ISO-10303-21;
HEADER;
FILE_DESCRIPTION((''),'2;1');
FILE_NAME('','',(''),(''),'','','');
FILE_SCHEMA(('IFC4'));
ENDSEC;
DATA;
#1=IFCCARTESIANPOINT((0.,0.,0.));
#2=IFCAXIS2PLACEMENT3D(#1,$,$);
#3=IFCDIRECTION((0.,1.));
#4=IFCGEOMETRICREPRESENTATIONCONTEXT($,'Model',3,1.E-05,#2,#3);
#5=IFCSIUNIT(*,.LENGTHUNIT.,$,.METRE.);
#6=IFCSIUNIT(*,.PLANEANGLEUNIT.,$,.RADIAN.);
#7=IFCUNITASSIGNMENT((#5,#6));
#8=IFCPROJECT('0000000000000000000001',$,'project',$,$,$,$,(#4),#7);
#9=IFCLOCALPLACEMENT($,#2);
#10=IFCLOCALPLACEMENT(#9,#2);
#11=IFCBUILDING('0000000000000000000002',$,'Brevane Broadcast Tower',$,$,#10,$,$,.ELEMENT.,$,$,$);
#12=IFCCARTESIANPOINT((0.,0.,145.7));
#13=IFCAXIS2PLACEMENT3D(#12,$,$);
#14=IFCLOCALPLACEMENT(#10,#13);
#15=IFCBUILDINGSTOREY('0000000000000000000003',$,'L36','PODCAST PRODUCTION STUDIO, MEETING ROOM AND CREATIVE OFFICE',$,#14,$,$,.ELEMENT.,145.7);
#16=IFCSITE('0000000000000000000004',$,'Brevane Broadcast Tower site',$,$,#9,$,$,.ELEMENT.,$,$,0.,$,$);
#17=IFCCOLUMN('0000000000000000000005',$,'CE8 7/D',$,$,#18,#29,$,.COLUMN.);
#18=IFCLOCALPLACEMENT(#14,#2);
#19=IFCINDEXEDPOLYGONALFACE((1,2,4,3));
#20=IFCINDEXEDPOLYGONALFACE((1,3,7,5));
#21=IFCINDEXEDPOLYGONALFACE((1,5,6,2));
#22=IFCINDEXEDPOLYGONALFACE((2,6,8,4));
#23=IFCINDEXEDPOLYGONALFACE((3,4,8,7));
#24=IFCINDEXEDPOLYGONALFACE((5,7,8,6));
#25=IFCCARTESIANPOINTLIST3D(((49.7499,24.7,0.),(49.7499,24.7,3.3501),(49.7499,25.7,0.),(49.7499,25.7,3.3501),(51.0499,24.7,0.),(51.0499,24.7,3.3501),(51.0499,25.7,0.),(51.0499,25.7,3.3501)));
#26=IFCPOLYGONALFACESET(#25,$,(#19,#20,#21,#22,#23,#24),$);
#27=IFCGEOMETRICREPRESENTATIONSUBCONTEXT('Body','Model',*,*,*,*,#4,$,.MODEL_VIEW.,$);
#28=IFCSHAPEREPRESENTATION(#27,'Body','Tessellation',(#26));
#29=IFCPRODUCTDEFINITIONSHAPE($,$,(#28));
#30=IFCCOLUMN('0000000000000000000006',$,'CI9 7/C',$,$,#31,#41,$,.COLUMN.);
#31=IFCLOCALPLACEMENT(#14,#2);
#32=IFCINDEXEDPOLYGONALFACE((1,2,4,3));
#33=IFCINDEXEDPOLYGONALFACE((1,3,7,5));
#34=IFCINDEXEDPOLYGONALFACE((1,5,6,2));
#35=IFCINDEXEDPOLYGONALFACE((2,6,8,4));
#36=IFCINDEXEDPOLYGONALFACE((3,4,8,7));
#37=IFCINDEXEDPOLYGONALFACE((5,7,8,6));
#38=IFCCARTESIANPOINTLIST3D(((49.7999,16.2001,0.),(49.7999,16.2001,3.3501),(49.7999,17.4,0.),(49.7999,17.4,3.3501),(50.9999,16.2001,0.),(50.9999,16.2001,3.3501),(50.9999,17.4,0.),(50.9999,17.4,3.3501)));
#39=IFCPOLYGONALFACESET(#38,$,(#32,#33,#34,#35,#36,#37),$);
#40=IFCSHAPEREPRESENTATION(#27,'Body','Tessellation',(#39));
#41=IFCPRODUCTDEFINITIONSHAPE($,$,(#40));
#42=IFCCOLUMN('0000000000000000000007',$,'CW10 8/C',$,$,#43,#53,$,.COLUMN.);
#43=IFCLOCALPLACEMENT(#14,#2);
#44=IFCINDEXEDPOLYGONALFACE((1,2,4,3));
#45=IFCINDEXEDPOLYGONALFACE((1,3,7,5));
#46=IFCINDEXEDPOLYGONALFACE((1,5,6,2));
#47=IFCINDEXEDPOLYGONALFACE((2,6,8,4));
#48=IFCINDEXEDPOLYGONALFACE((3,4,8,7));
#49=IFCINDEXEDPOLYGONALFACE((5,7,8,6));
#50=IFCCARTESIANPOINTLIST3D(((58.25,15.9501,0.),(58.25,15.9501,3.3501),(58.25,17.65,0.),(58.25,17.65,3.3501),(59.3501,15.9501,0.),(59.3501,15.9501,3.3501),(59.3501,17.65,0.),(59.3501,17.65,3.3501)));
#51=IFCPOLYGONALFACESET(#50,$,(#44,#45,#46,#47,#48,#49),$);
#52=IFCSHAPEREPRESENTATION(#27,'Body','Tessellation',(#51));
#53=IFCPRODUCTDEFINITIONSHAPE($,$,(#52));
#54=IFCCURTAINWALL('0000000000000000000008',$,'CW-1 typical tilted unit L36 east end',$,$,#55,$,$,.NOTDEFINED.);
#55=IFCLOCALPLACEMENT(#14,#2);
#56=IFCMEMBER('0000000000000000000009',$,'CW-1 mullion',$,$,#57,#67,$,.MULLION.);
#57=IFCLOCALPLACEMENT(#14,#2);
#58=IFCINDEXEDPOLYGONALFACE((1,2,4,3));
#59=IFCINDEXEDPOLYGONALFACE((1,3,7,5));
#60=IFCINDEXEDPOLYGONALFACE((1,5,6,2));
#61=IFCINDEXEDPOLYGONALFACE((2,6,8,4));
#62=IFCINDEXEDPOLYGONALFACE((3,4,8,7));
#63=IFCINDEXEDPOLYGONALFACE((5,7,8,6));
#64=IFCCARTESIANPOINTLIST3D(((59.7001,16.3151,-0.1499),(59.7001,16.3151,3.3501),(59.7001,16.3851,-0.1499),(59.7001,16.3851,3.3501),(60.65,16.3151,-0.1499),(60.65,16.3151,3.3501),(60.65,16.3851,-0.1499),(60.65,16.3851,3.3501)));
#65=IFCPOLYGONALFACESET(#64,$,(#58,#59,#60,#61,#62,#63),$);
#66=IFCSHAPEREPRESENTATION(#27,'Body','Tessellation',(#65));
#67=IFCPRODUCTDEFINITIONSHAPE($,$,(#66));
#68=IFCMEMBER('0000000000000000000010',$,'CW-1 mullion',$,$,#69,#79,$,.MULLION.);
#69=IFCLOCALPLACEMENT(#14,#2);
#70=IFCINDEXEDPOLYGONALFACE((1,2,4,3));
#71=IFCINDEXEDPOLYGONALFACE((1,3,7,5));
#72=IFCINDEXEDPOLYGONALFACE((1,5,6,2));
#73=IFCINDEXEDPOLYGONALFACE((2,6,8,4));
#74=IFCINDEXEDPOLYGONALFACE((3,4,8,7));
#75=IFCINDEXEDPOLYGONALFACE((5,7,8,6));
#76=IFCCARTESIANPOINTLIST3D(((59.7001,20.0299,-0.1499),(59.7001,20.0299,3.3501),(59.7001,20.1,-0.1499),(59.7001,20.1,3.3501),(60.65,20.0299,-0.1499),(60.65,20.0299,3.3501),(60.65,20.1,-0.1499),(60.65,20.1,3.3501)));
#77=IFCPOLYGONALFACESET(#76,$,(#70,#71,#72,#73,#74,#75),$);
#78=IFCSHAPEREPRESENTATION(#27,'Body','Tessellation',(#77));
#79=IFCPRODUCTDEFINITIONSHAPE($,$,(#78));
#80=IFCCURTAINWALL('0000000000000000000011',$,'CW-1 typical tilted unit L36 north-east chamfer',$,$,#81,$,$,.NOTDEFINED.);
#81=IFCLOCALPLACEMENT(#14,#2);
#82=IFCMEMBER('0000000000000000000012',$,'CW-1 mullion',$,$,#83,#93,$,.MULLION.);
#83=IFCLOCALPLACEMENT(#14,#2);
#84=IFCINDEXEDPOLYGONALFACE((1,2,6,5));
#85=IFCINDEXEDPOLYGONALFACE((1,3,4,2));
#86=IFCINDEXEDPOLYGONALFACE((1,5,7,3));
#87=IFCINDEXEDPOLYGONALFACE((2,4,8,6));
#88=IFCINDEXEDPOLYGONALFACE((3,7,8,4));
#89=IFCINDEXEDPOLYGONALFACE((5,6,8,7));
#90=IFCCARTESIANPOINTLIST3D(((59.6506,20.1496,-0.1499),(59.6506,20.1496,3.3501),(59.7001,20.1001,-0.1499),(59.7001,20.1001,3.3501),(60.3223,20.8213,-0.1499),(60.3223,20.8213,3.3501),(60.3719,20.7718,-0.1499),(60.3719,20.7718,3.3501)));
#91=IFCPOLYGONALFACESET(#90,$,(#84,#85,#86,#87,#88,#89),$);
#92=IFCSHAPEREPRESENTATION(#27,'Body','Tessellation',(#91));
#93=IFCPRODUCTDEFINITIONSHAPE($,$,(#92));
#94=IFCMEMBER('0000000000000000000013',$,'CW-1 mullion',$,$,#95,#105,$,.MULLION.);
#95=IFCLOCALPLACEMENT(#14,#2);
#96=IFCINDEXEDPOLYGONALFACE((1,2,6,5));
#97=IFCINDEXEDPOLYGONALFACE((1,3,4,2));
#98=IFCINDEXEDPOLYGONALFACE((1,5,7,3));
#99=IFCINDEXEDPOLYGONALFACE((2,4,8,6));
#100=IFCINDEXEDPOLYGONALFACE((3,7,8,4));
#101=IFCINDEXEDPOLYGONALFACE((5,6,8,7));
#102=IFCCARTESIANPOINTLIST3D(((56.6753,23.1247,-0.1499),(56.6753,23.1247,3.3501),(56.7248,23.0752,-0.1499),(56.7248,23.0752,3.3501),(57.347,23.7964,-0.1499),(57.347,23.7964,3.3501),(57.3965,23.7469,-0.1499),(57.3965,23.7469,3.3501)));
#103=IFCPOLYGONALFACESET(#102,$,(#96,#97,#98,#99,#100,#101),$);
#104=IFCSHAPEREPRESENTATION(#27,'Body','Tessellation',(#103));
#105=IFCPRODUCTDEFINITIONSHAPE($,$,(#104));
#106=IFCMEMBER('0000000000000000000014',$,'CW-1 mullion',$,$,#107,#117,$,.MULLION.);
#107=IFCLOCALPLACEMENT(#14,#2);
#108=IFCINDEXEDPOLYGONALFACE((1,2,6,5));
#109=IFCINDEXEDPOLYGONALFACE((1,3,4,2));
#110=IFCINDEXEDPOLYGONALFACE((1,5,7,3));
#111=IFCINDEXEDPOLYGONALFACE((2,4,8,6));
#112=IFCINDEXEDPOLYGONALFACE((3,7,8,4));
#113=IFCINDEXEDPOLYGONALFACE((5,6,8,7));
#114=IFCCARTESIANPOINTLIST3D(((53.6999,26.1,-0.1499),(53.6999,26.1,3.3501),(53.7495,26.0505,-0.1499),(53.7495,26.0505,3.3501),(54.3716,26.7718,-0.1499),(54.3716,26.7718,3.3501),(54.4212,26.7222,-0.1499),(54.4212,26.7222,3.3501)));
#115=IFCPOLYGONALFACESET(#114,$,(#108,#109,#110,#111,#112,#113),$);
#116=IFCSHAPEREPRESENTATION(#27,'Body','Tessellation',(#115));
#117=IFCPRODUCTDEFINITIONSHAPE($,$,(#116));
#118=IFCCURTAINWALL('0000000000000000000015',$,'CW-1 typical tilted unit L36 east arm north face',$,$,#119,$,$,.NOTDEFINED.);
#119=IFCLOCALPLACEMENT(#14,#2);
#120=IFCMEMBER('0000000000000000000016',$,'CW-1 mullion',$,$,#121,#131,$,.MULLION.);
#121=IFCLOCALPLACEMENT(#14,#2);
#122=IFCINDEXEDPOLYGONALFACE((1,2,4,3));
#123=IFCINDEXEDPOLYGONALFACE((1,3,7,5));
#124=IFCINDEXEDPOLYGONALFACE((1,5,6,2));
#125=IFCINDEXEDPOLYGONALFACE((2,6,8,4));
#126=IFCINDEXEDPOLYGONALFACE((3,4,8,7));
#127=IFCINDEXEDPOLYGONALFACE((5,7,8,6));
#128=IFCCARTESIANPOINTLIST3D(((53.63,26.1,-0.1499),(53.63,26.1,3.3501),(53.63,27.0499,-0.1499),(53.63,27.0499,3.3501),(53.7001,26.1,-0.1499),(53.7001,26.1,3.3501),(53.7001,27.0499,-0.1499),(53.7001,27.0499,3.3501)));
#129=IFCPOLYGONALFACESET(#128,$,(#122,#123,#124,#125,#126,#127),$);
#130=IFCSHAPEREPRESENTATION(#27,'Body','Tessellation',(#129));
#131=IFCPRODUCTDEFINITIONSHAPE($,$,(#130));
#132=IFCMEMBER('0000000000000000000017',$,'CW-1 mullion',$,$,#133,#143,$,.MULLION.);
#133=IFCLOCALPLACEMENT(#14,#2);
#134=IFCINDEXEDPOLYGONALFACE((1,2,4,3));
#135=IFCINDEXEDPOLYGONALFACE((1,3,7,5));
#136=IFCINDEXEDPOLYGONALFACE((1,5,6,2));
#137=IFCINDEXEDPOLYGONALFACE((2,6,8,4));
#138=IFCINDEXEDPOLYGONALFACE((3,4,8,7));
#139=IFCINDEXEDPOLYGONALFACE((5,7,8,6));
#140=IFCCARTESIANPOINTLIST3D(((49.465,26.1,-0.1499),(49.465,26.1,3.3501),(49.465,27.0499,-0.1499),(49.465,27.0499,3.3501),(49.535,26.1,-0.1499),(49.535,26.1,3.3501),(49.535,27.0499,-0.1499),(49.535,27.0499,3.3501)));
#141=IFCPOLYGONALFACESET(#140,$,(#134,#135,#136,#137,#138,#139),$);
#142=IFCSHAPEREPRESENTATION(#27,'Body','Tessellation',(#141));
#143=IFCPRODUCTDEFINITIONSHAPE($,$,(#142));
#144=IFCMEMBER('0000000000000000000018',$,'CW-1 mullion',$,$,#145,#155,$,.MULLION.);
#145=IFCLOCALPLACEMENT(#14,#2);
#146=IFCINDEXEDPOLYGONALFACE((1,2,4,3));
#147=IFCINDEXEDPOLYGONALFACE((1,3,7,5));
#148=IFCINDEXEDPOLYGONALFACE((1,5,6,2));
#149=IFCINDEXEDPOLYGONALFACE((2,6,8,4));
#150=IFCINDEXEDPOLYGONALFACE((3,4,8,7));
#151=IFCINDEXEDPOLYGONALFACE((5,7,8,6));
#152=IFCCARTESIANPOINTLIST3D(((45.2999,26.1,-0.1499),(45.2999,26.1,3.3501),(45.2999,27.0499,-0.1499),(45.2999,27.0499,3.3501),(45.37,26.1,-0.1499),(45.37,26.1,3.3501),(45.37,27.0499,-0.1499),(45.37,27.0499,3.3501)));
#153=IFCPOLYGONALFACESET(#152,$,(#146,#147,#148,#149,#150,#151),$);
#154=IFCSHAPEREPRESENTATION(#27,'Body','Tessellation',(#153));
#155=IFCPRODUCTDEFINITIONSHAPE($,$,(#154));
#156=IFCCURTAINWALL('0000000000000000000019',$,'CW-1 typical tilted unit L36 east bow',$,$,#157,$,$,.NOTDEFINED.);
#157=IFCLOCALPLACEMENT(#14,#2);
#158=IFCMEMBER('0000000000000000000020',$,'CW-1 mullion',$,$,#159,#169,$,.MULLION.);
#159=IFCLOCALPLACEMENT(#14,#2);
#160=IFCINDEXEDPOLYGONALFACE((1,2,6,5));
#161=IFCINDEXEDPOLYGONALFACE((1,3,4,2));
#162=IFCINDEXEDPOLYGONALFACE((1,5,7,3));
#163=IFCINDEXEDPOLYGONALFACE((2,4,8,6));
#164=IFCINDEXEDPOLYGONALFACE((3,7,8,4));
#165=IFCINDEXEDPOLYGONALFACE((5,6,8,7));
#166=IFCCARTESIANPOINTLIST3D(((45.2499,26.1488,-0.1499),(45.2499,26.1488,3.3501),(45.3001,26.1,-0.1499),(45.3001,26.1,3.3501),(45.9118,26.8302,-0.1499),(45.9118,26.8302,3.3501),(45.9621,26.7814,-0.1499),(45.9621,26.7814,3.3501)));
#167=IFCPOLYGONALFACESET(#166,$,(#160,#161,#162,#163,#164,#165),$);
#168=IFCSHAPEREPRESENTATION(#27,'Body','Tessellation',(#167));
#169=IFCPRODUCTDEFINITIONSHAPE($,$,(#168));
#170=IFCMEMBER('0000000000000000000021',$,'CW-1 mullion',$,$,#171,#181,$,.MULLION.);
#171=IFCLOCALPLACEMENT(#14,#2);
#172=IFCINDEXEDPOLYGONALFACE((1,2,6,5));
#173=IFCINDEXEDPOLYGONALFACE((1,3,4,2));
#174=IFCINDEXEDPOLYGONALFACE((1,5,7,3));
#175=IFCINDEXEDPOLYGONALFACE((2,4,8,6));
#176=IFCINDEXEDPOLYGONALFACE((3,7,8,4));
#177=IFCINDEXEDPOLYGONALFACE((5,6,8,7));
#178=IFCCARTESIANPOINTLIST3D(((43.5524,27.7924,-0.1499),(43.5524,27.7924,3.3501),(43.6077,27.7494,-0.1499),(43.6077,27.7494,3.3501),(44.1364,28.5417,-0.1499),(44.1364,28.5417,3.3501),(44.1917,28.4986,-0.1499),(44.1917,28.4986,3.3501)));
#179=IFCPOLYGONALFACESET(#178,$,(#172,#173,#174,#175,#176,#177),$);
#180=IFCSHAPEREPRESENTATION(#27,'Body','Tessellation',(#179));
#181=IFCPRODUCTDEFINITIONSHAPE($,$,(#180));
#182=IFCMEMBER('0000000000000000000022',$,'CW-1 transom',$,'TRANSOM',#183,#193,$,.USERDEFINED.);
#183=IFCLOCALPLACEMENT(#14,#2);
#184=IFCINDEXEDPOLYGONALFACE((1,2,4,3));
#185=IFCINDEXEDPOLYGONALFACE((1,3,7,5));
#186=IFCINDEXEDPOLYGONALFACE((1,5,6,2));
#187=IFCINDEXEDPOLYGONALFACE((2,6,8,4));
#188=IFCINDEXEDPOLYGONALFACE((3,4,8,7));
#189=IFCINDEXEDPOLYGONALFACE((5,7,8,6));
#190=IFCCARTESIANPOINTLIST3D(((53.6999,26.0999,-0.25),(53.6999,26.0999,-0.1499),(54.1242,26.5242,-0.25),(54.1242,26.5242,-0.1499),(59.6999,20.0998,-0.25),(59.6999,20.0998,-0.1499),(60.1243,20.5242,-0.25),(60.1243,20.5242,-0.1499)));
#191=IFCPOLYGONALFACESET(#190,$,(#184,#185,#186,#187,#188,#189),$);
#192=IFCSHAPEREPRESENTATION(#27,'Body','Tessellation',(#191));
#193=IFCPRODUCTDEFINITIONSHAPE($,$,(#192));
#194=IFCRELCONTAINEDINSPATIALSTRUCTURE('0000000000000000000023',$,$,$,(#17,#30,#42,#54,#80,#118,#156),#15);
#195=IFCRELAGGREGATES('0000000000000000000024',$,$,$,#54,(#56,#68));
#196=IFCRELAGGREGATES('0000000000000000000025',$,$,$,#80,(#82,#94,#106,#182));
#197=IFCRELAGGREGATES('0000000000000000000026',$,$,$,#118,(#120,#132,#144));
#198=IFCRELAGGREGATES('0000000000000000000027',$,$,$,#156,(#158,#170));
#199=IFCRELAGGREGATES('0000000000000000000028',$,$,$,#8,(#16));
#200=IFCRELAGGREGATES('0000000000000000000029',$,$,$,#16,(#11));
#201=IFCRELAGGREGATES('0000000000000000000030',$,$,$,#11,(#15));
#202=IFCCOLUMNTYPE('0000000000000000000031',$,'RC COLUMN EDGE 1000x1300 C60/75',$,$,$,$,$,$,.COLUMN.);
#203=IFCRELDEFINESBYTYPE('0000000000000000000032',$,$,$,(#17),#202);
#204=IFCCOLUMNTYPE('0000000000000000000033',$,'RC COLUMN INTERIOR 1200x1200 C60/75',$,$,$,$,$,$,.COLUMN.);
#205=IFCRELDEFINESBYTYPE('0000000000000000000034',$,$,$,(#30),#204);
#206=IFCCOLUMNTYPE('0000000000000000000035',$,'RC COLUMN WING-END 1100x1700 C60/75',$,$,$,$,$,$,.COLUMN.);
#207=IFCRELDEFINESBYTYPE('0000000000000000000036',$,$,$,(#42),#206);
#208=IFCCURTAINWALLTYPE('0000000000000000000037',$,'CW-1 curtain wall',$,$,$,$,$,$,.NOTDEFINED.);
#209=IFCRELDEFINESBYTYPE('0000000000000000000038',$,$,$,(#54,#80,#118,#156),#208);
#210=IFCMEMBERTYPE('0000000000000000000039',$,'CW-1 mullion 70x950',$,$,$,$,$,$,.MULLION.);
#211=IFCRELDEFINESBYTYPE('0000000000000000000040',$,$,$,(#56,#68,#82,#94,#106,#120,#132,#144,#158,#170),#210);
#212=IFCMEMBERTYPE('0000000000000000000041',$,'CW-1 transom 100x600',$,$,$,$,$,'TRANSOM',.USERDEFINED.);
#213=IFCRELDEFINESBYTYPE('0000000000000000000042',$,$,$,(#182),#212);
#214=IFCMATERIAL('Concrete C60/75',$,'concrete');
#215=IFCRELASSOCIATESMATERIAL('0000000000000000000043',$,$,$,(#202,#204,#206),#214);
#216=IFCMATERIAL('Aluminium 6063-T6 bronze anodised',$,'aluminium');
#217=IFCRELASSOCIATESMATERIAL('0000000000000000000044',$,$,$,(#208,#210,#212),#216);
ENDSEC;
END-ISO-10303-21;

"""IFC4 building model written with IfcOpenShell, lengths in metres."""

from ifc_helpers import new_model, si_unit, direction, frame, origin, origin_2d, place, context, subcontext, project, spatial, rectangle, extrude, material, material_profile, profile_set, type_object, element, aggregate, save


model = new_model("IFC4")

# Units and contexts
model_context = context("Model", 3, precision=1e-05, world=origin(), true_north=direction((0.0, 1.0)))
body_context = subcontext(model_context, "Body", "Model", "MODEL_VIEW")
ifc_project = project(units=[si_unit("LENGTHUNIT", "METRE"), si_unit("PLANEANGLEUNIT", "RADIAN")], contexts=[model_context])

# Site, building, storey
site_placement = place(None, origin())
site = spatial("IfcSite", under=ifc_project, at=site_placement, Name="Brevane Broadcast Tower site", CompositionType="ELEMENT", RefElevation=0.0)
building_placement = place(site_placement, origin())
building = spatial("IfcBuilding", under=site, at=building_placement, Name="Brevane Broadcast Tower", CompositionType="ELEMENT")
storey_placement = place(building_placement, frame((0.0, 0.0, 145.7)))
storey = spatial("IfcBuildingStorey", under=building, at=storey_placement, Name="L36", Description="PODCAST PRODUCTION STUDIO, MEETING ROOM AND CREATIVE OFFICE", CompositionType="ELEMENT", Elevation=145.7)

# Columns
ifc_material_1 = material(Name="Concrete C60/75", Category="concrete")
ifc_material_profile_1 = material_profile(ifc_material_1, rectangle(XDim=1.0, YDim=1.3, at=origin_2d()), Name="RC 1000x1300")
ifc_profile_set_1 = profile_set([ifc_material_profile_1], Name="Concrete C60/75")
column_type_1 = type_object("IfcColumnType", Name="RC COLUMN EDGE 1000x1300 C60/75", PredefinedType="COLUMN", material=ifc_profile_set_1)
column_1_placement = place(storey_placement, frame((50.3999, 25.2, 0.0), z_axis=(0.0, 0.0, 1.0), x_axis=(0.0, 1.0, 0.0)))
element("IfcColumn", 1, at=column_1_placement, inside=storey, type_object=column_type_1, Name="CE8 7/D", PredefinedType="COLUMN", context=body_context, shape_type="SweptSolid", body=[
    extrude(rectangle(XDim=1.0, YDim=1.3, at=origin_2d()), origin(), (0.0, 0.0, 1.0), 3.3501),
])
ifc_material_profile_2 = material_profile(ifc_material_1, rectangle(XDim=1.2, YDim=1.2, at=origin_2d()), Name="RC 1200x1200")
ifc_profile_set_2 = profile_set([ifc_material_profile_2], Name="Concrete C60/75")
column_type_2 = type_object("IfcColumnType", Name="RC COLUMN INTERIOR 1200x1200 C60/75", PredefinedType="COLUMN", material=ifc_profile_set_2)
column_2_placement = place(storey_placement, frame((50.3999, 16.8, 0.0), z_axis=(0.0, 0.0, 1.0), x_axis=(1.0, 0.0, 0.0)))
element("IfcColumn", 2, at=column_2_placement, inside=storey, type_object=column_type_2, Name="CI9 7/C", PredefinedType="COLUMN", context=body_context, shape_type="SweptSolid", body=[
    extrude(rectangle(XDim=1.2, YDim=1.2, at=origin_2d()), origin(), (0.0, 0.0, 1.0), 3.3501),
])
ifc_material_profile_3 = material_profile(ifc_material_1, rectangle(XDim=1.1001, YDim=1.7, at=origin_2d()), Name="RC 1100x1700")
ifc_profile_set_3 = profile_set([ifc_material_profile_3], Name="Concrete C60/75")
column_type_3 = type_object("IfcColumnType", Name="RC COLUMN WING-END 1100x1700 C60/75", PredefinedType="COLUMN", material=ifc_profile_set_3)
column_3_placement = place(storey_placement, frame((58.8, 16.8, 0.0), z_axis=(0.0, 0.0, 1.0), x_axis=(1.0, 0.0, 0.0)))
element("IfcColumn", 3, at=column_3_placement, inside=storey, type_object=column_type_3, Name="CW10 8/C", PredefinedType="COLUMN", context=body_context, shape_type="SweptSolid", body=[
    extrude(rectangle(XDim=1.1001, YDim=1.7, at=origin_2d()), origin(), (0.0, 0.0, 1.0), 3.3501),
])

# Curtain walls, members
ifc_material_2 = material(Name="Aluminium 6063-T6 bronze anodised", Category="aluminium")
curtain_wall_type = type_object("IfcCurtainWallType", Name="CW-1 curtain wall", PredefinedType="NOTDEFINED", material=ifc_material_2)
curtain_wall_1_placement = place(storey_placement, origin())
curtain_wall_1 = element("IfcCurtainWall", 4, at=curtain_wall_1_placement, inside=storey, type_object=curtain_wall_type, Name="CW-1 typical tilted unit L36 east end", PredefinedType="NOTDEFINED")
ifc_material_profile_4 = material_profile(ifc_material_2, rectangle(XDim=0.95, YDim=0.0701, at=origin_2d()), Name="RECT 70x950")
ifc_profile_set_4 = profile_set([ifc_material_profile_4], Name="Aluminium 6063-T6 bronze anodised")
member_type_1 = type_object("IfcMemberType", Name="CW-1 mullion 70x950", PredefinedType="MULLION", material=ifc_profile_set_4)
member_1_placement = place(storey_placement, frame((60.175, 16.3501, -0.1499), z_axis=(0.0, 0.0, 1.0), x_axis=(-1.0, 0.0, 0.0)))
member_1 = element("IfcMember", 5, at=member_1_placement, type_object=member_type_1, Name="CW-1 mullion", PredefinedType="MULLION", context=body_context, shape_type="SweptSolid", body=[
    extrude(rectangle(XDim=0.95, YDim=0.0701, at=origin_2d()), origin(), (0.0, 0.0, 1.0), 3.5),
])
member_2_placement = place(storey_placement, frame((60.175, 20.0649, -0.1499), z_axis=(0.0, 0.0, 1.0), x_axis=(-1.0, 0.0, 0.0)))
member_2 = element("IfcMember", 6, at=member_2_placement, type_object=member_type_1, Name="CW-1 mullion", PredefinedType="MULLION", context=body_context, shape_type="SweptSolid", body=[
    extrude(rectangle(XDim=0.95, YDim=0.0701, at=origin_2d()), origin(), (0.0, 0.0, 1.0), 3.5),
])
aggregate(curtain_wall_1, [member_1, member_2])
curtain_wall_2_placement = place(storey_placement, origin())
curtain_wall_2 = element("IfcCurtainWall", 7, at=curtain_wall_2_placement, inside=storey, type_object=curtain_wall_type, Name="CW-1 typical tilted unit L36 north-east chamfer", PredefinedType="NOTDEFINED")
member_3_placement = place(storey_placement, frame((60.0112, 20.4607, -0.1499), z_axis=(0.0, 0.0, 1.0), x_axis=(-0.707107, -0.707107, 0.0)))
member_3 = element("IfcMember", 8, at=member_3_placement, type_object=member_type_1, Name="CW-1 mullion", PredefinedType="MULLION", context=body_context, shape_type="SweptSolid", body=[
    extrude(rectangle(XDim=0.95, YDim=0.0701, at=origin_2d()), origin(), (0.0, 0.0, 1.0), 3.5),
])
member_4_placement = place(storey_placement, frame((57.0359, 23.4358, -0.1499), z_axis=(0.0, 0.0, 1.0), x_axis=(-0.707107, -0.707107, 0.0)))
member_4 = element("IfcMember", 9, at=member_4_placement, type_object=member_type_1, Name="CW-1 mullion", PredefinedType="MULLION", context=body_context, shape_type="SweptSolid", body=[
    extrude(rectangle(XDim=0.95, YDim=0.0701, at=origin_2d()), origin(), (0.0, 0.0, 1.0), 3.5),
])
member_5_placement = place(storey_placement, frame((54.0605, 26.4111, -0.1499), z_axis=(0.0, 0.0, 1.0), x_axis=(-0.707107, -0.707107, 0.0)))
member_5 = element("IfcMember", 10, at=member_5_placement, type_object=member_type_1, Name="CW-1 mullion", PredefinedType="MULLION", context=body_context, shape_type="SweptSolid", body=[
    extrude(rectangle(XDim=0.95, YDim=0.0701, at=origin_2d()), origin(), (0.0, 0.0, 1.0), 3.5),
])
curtain_wall_3_placement = place(storey_placement, origin())
curtain_wall_3 = element("IfcCurtainWall", 11, at=curtain_wall_3_placement, inside=storey, type_object=curtain_wall_type, Name="CW-1 typical tilted unit L36 east arm north face", PredefinedType="NOTDEFINED")
member_6_placement = place(storey_placement, frame((53.665, 26.575, -0.1499), z_axis=(0.0, 0.0, 1.0), x_axis=(0.0, -1.0, 0.0)))
member_6 = element("IfcMember", 12, at=member_6_placement, type_object=member_type_1, Name="CW-1 mullion", PredefinedType="MULLION", context=body_context, shape_type="SweptSolid", body=[
    extrude(rectangle(XDim=0.95, YDim=0.0701, at=origin_2d()), origin(), (0.0, 0.0, 1.0), 3.5),
])
member_7_placement = place(storey_placement, frame((49.5, 26.575, -0.1499), z_axis=(0.0, 0.0, 1.0), x_axis=(0.0, -1.0, 0.0)))
member_7 = element("IfcMember", 13, at=member_7_placement, type_object=member_type_1, Name="CW-1 mullion", PredefinedType="MULLION", context=body_context, shape_type="SweptSolid", body=[
    extrude(rectangle(XDim=0.95, YDim=0.0701, at=origin_2d()), origin(), (0.0, 0.0, 1.0), 3.5),
])
member_8_placement = place(storey_placement, frame((45.335, 26.575, -0.1499), z_axis=(0.0, 0.0, 1.0), x_axis=(0.0, -1.0, 0.0)))
member_8 = element("IfcMember", 14, at=member_8_placement, type_object=member_type_1, Name="CW-1 mullion", PredefinedType="MULLION", context=body_context, shape_type="SweptSolid", body=[
    extrude(rectangle(XDim=0.95, YDim=0.0701, at=origin_2d()), origin(), (0.0, 0.0, 1.0), 3.5),
])
curtain_wall_4_placement = place(storey_placement, origin())
curtain_wall_4 = element("IfcCurtainWall", 15, at=curtain_wall_4_placement, inside=storey, type_object=curtain_wall_type, Name="CW-1 typical tilted unit L36 east bow", PredefinedType="NOTDEFINED")
member_9_placement = place(storey_placement, frame((45.606, 26.4651, -0.1499), z_axis=(0.0, 0.0, 1.0), x_axis=(-0.696812, -0.717254, 0.0)))
member_9 = element("IfcMember", 16, at=member_9_placement, type_object=member_type_1, Name="CW-1 mullion", PredefinedType="MULLION", context=body_context, shape_type="SweptSolid", body=[
    extrude(rectangle(XDim=0.95, YDim=0.0701, at=origin_2d()), origin(), (0.0, 0.0, 1.0), 3.5),
])
member_10_placement = place(storey_placement, frame((43.8721, 28.1455, -0.1499), z_axis=(0.0, 0.0, 1.0), x_axis=(-0.61477, -0.788707, 0.0)))
member_10 = element("IfcMember", 17, at=member_10_placement, type_object=member_type_1, Name="CW-1 mullion", PredefinedType="MULLION", context=body_context, shape_type="SweptSolid", body=[
    extrude(rectangle(XDim=0.95, YDim=0.0701, at=origin_2d()), origin(), (0.0, 0.0, 1.0), 3.5),
])

# Member
ifc_material_profile_5 = material_profile(ifc_material_2, rectangle(XDim=0.6001, YDim=0.1001, at=origin_2d()), Name="RECT 100x600")
ifc_profile_set_5 = profile_set([ifc_material_profile_5], Name="Aluminium 6063-T6 bronze anodised")
member_type_2 = type_object("IfcMemberType", Name="CW-1 transom 100x600", ElementType="TRANSOM", PredefinedType="USERDEFINED", material=ifc_profile_set_5)
member_11_placement = place(storey_placement, frame((59.9121, 20.312, -0.2), z_axis=(-0.707107, 0.707107, 0.0), x_axis=(-0.707107, -0.707107, 0.0)))
member_11 = element("IfcMember", 18, at=member_11_placement, type_object=member_type_2, Name="CW-1 transom", ObjectType="TRANSOM", PredefinedType="USERDEFINED", context=body_context, shape_type="SweptSolid", body=[
    extrude(rectangle(XDim=0.6001, YDim=0.1001, at=origin_2d()), origin(), (0.0, 0.0, 1.0), 8.4854),
])
aggregate(curtain_wall_2, [member_3, member_4, member_5, member_11])
aggregate(curtain_wall_3, [member_6, member_7, member_8])
aggregate(curtain_wall_4, [member_9, member_10])

save(model, "model.ifc")
